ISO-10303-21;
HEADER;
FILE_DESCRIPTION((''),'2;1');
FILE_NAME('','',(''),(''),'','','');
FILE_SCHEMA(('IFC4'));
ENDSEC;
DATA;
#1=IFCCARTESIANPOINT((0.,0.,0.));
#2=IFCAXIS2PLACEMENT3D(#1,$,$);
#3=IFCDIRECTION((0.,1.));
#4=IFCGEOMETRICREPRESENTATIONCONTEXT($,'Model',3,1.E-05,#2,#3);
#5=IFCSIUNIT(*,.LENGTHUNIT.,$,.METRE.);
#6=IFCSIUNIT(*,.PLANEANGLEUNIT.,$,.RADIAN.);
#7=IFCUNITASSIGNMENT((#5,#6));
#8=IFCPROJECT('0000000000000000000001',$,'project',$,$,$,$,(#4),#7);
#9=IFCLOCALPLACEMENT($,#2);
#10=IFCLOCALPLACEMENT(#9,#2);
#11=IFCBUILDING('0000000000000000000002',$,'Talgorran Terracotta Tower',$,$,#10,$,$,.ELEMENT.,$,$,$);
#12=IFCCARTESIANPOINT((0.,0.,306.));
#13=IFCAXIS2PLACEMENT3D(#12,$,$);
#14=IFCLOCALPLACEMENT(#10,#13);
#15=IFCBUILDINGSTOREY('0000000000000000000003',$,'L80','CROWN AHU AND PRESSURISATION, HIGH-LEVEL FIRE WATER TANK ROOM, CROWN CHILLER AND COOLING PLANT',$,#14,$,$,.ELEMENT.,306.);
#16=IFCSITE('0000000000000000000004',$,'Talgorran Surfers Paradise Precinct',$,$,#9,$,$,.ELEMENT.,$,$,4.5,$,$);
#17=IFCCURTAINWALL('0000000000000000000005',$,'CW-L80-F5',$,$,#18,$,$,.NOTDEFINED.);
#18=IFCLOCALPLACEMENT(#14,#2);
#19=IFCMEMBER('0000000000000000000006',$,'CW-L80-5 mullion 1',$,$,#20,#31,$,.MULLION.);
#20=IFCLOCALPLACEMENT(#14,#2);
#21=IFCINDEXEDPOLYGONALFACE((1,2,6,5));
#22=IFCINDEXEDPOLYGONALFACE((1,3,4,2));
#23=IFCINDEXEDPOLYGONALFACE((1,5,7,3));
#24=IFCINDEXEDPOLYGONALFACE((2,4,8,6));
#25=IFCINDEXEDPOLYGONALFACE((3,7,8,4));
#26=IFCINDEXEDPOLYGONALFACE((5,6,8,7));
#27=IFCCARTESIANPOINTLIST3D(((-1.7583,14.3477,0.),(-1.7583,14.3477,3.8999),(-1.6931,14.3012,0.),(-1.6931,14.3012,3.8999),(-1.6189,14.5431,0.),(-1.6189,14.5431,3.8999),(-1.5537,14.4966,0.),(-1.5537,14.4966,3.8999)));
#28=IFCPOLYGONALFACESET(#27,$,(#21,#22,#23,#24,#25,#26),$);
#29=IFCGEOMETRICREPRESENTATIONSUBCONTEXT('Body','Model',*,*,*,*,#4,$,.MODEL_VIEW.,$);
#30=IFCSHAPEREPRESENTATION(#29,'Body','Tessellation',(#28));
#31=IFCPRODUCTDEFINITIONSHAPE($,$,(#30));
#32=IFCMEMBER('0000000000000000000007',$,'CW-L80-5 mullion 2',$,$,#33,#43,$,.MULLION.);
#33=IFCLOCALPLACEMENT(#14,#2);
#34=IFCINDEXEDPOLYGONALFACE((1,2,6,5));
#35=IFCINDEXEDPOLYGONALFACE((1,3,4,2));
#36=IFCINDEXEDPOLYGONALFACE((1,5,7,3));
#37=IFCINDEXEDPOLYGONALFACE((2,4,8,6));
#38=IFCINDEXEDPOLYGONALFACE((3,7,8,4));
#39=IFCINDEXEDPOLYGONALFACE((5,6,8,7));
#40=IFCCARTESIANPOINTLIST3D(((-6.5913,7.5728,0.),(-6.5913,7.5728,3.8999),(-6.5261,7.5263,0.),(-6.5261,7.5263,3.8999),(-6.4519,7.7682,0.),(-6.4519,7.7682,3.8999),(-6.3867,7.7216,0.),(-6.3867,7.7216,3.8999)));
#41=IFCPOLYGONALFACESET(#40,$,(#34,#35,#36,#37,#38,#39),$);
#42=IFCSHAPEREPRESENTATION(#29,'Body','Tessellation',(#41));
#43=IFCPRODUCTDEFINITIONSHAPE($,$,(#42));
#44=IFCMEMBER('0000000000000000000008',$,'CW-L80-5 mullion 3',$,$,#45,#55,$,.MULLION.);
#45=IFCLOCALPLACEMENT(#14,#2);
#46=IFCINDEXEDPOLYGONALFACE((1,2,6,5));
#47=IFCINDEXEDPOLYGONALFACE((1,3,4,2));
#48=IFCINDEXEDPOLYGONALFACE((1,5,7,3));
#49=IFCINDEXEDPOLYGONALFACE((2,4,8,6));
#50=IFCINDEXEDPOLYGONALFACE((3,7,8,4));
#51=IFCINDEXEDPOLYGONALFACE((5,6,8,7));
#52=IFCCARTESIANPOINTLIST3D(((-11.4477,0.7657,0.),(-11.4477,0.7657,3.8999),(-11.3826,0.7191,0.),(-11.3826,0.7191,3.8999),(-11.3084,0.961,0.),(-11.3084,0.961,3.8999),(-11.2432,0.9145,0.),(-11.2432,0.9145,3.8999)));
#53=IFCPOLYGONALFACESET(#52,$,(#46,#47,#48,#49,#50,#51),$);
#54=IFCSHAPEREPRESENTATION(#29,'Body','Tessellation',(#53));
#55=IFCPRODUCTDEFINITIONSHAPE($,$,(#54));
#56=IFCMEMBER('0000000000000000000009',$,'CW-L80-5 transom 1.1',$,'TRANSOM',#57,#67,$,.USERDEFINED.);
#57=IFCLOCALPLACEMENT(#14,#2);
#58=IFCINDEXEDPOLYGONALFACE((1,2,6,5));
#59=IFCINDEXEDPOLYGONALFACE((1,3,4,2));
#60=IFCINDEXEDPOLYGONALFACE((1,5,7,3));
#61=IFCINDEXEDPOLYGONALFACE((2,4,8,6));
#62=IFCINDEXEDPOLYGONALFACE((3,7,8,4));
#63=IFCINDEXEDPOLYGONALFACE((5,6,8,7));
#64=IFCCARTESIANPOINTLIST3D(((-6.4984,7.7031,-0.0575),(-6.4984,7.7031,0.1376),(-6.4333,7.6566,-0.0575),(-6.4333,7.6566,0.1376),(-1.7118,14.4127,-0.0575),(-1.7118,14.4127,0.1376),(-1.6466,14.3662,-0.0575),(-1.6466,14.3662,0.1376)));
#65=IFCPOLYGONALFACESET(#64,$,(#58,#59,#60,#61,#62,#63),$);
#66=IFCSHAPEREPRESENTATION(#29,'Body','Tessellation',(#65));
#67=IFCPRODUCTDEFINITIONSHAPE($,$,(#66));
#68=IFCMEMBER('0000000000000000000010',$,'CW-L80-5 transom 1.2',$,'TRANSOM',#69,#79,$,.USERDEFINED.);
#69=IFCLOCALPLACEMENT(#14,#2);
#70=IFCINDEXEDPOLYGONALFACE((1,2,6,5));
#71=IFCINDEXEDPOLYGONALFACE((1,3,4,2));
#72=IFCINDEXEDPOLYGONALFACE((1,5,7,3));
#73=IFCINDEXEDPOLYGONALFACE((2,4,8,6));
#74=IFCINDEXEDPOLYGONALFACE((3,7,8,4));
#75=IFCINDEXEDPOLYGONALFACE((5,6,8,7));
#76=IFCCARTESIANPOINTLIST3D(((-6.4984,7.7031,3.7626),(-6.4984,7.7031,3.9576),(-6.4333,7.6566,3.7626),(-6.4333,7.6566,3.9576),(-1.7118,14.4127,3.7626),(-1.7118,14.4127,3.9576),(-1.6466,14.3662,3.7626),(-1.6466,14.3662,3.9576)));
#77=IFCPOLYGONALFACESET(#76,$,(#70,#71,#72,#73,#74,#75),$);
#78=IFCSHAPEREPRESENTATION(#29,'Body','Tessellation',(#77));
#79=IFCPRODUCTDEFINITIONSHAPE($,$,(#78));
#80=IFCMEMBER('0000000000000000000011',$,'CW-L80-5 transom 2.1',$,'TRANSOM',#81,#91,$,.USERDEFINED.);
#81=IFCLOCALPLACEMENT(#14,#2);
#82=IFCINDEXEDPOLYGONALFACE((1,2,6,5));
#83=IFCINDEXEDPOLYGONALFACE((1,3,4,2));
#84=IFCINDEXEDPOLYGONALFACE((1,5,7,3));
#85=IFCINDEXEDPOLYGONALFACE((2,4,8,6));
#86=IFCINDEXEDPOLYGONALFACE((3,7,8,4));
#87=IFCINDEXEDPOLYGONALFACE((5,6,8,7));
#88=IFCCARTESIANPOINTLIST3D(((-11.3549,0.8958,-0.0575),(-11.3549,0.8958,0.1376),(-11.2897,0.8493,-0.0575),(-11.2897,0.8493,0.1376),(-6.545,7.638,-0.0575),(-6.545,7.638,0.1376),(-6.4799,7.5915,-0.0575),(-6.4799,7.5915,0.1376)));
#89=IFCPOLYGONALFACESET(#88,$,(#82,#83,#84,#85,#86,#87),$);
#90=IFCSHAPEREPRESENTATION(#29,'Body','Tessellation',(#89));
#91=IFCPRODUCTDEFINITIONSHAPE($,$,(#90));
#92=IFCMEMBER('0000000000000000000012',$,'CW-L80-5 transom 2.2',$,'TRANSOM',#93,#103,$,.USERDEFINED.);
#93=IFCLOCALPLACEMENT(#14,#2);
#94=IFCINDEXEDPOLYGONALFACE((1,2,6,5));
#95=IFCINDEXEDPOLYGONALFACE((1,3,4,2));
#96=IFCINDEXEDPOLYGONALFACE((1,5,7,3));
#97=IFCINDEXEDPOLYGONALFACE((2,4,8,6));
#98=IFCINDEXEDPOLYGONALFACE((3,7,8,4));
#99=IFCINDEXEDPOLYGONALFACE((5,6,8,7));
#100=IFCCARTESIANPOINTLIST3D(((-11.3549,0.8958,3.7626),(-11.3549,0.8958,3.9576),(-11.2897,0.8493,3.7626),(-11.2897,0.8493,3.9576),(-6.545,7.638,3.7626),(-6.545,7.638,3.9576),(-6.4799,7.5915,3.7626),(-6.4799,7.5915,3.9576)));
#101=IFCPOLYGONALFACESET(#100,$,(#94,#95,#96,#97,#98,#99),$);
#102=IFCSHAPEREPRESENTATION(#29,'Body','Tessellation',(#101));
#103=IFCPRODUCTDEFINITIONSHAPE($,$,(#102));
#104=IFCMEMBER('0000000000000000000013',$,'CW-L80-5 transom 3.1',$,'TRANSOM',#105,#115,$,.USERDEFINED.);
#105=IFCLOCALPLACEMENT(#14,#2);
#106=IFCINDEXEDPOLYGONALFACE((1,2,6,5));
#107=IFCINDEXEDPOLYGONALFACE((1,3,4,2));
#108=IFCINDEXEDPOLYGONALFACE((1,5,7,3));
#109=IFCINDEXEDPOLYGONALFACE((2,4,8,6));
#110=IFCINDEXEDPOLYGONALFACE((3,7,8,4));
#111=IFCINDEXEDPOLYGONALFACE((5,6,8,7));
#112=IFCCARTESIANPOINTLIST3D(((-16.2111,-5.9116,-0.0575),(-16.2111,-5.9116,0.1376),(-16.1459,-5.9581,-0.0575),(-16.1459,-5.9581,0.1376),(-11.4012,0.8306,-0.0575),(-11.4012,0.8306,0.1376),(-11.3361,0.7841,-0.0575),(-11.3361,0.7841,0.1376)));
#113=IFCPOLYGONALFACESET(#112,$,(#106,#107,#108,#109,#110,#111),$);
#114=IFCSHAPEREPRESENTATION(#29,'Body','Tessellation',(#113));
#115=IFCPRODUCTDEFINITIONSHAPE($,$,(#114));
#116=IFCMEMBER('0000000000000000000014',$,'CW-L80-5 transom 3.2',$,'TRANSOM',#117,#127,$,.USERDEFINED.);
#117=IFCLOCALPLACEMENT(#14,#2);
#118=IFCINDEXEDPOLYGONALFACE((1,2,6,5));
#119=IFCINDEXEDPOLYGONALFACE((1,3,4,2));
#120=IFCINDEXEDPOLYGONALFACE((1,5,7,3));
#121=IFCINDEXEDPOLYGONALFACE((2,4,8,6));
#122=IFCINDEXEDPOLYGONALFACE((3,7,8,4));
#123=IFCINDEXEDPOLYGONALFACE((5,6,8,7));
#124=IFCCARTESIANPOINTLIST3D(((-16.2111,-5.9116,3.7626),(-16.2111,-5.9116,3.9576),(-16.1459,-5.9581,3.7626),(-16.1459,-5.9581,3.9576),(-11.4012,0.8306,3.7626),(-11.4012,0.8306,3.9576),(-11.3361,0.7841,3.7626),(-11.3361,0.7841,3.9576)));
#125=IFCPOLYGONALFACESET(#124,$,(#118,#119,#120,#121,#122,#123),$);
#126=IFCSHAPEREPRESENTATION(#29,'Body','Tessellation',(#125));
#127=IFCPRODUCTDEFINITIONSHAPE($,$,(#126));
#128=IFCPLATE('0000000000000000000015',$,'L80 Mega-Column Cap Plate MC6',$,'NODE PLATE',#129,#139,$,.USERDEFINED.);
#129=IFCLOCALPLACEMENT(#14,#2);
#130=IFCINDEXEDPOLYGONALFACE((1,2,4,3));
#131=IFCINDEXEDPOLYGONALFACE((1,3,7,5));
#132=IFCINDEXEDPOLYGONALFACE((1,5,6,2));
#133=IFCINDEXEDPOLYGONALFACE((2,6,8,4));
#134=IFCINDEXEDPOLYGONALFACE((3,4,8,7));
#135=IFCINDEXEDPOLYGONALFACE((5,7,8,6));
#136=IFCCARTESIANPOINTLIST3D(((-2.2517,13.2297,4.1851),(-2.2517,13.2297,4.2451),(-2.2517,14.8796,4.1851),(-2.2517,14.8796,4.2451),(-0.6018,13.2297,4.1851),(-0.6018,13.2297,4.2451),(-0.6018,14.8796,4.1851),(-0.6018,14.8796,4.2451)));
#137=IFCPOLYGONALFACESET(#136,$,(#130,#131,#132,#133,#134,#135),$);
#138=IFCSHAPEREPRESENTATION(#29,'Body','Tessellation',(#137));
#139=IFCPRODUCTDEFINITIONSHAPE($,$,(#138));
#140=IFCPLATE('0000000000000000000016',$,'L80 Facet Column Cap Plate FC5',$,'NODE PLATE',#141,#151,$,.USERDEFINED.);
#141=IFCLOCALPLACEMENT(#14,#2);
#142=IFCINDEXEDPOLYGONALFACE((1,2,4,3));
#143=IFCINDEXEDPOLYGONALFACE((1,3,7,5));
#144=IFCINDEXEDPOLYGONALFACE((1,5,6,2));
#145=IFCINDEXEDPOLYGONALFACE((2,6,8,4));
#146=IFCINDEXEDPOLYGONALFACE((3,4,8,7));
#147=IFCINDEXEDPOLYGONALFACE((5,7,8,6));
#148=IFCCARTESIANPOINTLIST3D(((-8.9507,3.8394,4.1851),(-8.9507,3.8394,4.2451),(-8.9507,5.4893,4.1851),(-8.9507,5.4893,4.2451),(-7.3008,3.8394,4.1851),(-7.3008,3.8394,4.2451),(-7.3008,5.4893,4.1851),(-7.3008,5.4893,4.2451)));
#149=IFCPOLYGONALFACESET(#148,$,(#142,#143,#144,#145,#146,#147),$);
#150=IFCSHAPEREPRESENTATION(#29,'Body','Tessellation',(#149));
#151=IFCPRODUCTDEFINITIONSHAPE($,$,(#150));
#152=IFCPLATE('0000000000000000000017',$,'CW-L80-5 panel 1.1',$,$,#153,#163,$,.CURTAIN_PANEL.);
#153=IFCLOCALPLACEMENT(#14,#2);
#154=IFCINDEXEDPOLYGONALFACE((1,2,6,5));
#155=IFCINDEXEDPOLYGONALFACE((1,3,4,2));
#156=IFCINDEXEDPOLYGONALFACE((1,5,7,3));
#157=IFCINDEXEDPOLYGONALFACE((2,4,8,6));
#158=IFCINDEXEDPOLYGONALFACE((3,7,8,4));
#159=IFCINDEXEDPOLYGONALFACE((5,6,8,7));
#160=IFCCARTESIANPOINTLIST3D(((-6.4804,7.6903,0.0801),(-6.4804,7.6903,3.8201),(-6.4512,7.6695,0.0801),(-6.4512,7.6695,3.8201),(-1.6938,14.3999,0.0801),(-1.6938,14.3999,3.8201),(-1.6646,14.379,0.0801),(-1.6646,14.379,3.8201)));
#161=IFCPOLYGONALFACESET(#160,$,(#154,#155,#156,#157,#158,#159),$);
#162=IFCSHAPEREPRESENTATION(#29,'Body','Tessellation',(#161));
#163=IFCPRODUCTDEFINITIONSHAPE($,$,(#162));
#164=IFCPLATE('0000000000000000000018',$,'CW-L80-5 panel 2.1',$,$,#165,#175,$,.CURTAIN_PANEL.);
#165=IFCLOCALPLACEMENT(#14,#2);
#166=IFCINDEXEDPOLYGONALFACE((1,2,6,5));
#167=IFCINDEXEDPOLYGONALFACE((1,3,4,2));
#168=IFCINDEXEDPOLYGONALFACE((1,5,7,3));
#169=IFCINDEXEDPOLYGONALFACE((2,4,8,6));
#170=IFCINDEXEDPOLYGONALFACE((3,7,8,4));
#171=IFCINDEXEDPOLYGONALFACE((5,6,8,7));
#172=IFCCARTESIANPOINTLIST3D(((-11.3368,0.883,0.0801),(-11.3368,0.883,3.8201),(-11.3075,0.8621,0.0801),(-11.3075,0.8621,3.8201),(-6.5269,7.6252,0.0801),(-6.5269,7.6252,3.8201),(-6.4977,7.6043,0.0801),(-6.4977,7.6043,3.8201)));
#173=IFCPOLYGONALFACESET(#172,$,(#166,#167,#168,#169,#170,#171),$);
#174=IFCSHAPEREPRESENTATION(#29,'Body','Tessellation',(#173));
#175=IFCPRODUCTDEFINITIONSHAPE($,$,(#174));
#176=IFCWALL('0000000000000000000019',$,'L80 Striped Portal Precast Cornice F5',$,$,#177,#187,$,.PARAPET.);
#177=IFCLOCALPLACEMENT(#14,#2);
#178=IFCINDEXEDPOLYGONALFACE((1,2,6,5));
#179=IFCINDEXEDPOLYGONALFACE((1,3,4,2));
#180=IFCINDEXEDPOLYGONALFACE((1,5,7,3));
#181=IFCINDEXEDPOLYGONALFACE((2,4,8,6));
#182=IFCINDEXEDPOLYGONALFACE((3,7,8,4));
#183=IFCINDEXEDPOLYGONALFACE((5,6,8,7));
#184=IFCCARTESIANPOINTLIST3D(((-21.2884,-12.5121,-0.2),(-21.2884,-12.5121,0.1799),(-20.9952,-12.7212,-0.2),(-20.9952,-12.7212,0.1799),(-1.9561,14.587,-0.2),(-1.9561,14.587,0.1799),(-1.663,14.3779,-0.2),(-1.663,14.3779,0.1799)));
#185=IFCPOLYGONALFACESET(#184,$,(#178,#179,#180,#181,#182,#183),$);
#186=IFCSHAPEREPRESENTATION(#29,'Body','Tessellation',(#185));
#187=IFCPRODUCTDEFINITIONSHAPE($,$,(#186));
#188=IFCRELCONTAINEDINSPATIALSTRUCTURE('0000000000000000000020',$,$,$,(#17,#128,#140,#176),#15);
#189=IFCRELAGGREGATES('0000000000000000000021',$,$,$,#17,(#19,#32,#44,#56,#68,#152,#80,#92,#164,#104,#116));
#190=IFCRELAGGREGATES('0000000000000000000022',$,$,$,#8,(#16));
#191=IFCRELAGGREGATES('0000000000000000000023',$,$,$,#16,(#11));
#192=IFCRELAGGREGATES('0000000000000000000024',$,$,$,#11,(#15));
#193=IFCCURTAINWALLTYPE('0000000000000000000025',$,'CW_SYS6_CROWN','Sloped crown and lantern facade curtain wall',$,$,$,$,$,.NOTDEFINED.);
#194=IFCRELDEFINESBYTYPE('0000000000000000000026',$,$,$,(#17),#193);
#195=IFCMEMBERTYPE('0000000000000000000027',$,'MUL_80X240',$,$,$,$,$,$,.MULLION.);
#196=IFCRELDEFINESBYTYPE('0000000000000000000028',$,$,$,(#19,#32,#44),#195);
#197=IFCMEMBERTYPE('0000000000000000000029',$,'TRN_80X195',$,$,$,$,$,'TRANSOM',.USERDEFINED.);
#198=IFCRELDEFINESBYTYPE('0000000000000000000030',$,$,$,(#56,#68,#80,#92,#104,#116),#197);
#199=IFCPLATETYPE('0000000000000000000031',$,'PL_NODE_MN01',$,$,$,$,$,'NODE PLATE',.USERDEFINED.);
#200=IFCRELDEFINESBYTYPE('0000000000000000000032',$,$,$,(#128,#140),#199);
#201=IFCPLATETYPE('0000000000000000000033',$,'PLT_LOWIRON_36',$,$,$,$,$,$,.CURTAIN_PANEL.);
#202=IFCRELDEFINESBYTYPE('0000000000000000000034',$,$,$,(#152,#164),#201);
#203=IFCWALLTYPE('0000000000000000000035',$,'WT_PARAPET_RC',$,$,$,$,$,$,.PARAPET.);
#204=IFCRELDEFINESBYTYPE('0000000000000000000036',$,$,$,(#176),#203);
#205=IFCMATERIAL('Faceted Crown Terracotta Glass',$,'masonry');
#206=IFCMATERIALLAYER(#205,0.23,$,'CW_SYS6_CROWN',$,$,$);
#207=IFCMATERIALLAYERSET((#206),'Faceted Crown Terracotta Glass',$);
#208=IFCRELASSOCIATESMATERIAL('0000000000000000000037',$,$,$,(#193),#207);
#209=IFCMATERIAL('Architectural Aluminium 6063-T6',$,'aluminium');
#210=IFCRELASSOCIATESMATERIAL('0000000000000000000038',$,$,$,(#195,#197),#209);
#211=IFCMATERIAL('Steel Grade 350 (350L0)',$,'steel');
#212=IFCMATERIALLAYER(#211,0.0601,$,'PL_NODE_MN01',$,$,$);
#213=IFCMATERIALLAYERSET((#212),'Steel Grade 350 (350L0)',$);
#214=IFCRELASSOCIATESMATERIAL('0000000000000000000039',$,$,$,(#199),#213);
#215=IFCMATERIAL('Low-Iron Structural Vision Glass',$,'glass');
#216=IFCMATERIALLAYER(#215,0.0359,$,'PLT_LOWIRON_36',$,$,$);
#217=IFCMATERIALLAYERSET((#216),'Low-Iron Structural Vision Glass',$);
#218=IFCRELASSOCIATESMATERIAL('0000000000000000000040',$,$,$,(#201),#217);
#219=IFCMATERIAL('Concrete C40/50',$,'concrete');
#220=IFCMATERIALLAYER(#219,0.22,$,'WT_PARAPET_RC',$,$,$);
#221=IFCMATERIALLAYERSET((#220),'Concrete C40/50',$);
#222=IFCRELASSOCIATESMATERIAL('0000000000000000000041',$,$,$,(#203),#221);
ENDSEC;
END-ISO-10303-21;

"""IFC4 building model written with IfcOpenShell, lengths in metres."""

from ifc_helpers import new_model, si_unit, direction, frame, frame_2d, origin, origin_2d, place, context, subcontext, project, spatial, rectangle, extrude, source, transform, mapped, material, layer, layer_set, material_profile, profile_set, type_object, type_shapes, element, aggregate, save


model = new_model("IFC4")

# Units and contexts
model_context = context("Model", 3, precision=1e-05, world=origin(), true_north=direction((0.0, 1.0)))
body_context = subcontext(model_context, "Body", "Model", "MODEL_VIEW")
ifc_project = project(units=[si_unit("LENGTHUNIT", "METRE"), si_unit("PLANEANGLEUNIT", "RADIAN")], contexts=[model_context])

# Site, building, storey
site_placement = place(None, origin())
site = spatial("IfcSite", under=ifc_project, at=site_placement, Name="Talgorran Surfers Paradise Precinct", CompositionType="ELEMENT", RefElevation=4.5)
building_placement = place(site_placement, origin())
building = spatial("IfcBuilding", under=site, at=building_placement, Name="Talgorran Terracotta Tower", CompositionType="ELEMENT")
storey_placement = place(building_placement, frame((0.0, 0.0, 306.0)))
storey = spatial("IfcBuildingStorey", under=building, at=storey_placement, Name="L80", Description="CROWN AHU AND PRESSURISATION, HIGH-LEVEL FIRE WATER TANK ROOM, CROWN CHILLER AND COOLING PLANT", CompositionType="ELEMENT", Elevation=306.0)

# Shared definitions
ifc_material_1 = material(Name="Steel Grade 350 (350L0)", Category="steel")

# Shared definitions
ifc_material_2 = material(Name="Faceted Crown Terracotta Glass", Category="masonry")
ifc_layer_1 = layer(ifc_material_2, 0.23, Name="CW_SYS6_CROWN")
ifc_layer_set_1 = layer_set([ifc_layer_1], Name="Faceted Crown Terracotta Glass")
curtain_wall_type = type_object("IfcCurtainWallType", Name="CW_SYS6_CROWN", Description="Sloped crown and lantern facade curtain wall", PredefinedType="NOTDEFINED", material=ifc_layer_set_1)
ifc_material_3 = material(Name="Architectural Aluminium 6063-T6", Category="aluminium")
ifc_material_profile_1 = material_profile(ifc_material_3, rectangle(XDim=0.0801, YDim=0.24, at=origin_2d()), Name="CWM80X240")
ifc_profile_set_1 = profile_set([ifc_material_profile_1], Name="Architectural Aluminium 6063-T6")
member_type_1 = type_object("IfcMemberType", Name="MUL_80X240", PredefinedType="MULLION", material=ifc_profile_set_1)

# Curtain wall, members
curtain_wall_1_placement = place(storey_placement, origin())
curtain_wall_1 = element("IfcCurtainWall", 1, at=curtain_wall_1_placement, inside=storey, type_object=curtain_wall_type, Name="CW-L80-F5", PredefinedType="NOTDEFINED")
member_1_placement = place(storey_placement, frame((-1.656, 14.4221, 0.0), z_axis=(0.0, 0.0, 1.0), x_axis=(0.814076, -0.580758, 0.0)))
member_1 = element("IfcMember", 2, at=member_1_placement, type_object=member_type_1, Name="CW-L80-5 mullion 1", PredefinedType="MULLION", context=body_context, shape_type="SweptSolid", body=[
    extrude(rectangle(XDim=0.0801, YDim=0.24, at=origin_2d()), origin(), (0.0, 0.0, 1.0), 3.8999),
])
member_2_placement = place(storey_placement, frame((-6.489, 7.6472, 0.0), z_axis=(0.0, 0.0, 1.0), x_axis=(0.814076, -0.580758, 0.0)))
member_2 = element("IfcMember", 3, at=member_2_placement, type_object=member_type_1, Name="CW-L80-5 mullion 2", PredefinedType="MULLION", context=body_context, shape_type="SweptSolid", body=[
    extrude(rectangle(XDim=0.0801, YDim=0.24, at=origin_2d()), origin(), (0.0, 0.0, 1.0), 3.8999),
])
member_3_placement = place(storey_placement, frame((-11.3455, 0.8401, 0.0), z_axis=(0.0, 0.0, 1.0), x_axis=(0.814076, -0.580758, 0.0)))
member_3 = element("IfcMember", 4, at=member_3_placement, type_object=member_type_1, Name="CW-L80-5 mullion 3", PredefinedType="MULLION", context=body_context, shape_type="SweptSolid", body=[
    extrude(rectangle(XDim=0.0801, YDim=0.24, at=origin_2d()), origin(), (0.0, 0.0, 1.0), 3.8999),
])
ifc_material_profile_2 = material_profile(ifc_material_3, rectangle(XDim=0.0801, YDim=0.1951, at=origin_2d()), Name="CWT80X195")
ifc_profile_set_2 = profile_set([ifc_material_profile_2], Name="Architectural Aluminium 6063-T6")
member_type_2 = type_object("IfcMemberType", Name="TRN_80X195", ElementType="TRANSOM", PredefinedType="USERDEFINED", material=ifc_profile_set_2)
member_4_placement = place(storey_placement, frame((-1.6792, 14.3894, 0.04), z_axis=(-0.580767, -0.81407, 0.0), x_axis=(0.81407, -0.580767, 0.0)))
member_4 = element("IfcMember", 5, at=member_4_placement, type_object=member_type_2, Name="CW-L80-5 transom 1.1", ObjectType="TRANSOM", PredefinedType="USERDEFINED", context=body_context, shape_type="SweptSolid", body=[
    extrude(rectangle(XDim=0.0801, YDim=0.1951, at=origin_2d()), origin(), (0.0, 0.0, 1.0), 8.2419),
])
member_5_placement = place(storey_placement, frame((-1.6792, 14.3894, 3.8601), z_axis=(-0.580767, -0.81407, 0.0), x_axis=(0.81407, -0.580767, 0.0)))
member_5 = element("IfcMember", 6, at=member_5_placement, type_object=member_type_2, Name="CW-L80-5 transom 1.2", ObjectType="TRANSOM", PredefinedType="USERDEFINED", context=body_context, shape_type="SweptSolid", body=[
    extrude(rectangle(XDim=0.0801, YDim=0.1951, at=origin_2d()), origin(), (0.0, 0.0, 1.0), 8.2419),
])
member_6_placement = place(storey_placement, frame((-6.5125, 7.6147, 0.04), z_axis=(-0.580756, -0.814078, 0.0), x_axis=(0.814078, -0.580756, 0.0)))
member_6 = element("IfcMember", 7, at=member_6_placement, type_object=member_type_2, Name="CW-L80-5 transom 2.1", ObjectType="TRANSOM", PredefinedType="USERDEFINED", context=body_context, shape_type="SweptSolid", body=[
    extrude(rectangle(XDim=0.0801, YDim=0.1951, at=origin_2d()), origin(), (0.0, 0.0, 1.0), 8.282),
])
member_7_placement = place(storey_placement, frame((-6.5125, 7.6147, 3.8601), z_axis=(-0.580756, -0.814078, 0.0), x_axis=(0.814078, -0.580756, 0.0)))
member_7 = element("IfcMember", 8, at=member_7_placement, type_object=member_type_2, Name="CW-L80-5 transom 2.2", ObjectType="TRANSOM", PredefinedType="USERDEFINED", context=body_context, shape_type="SweptSolid", body=[
    extrude(rectangle(XDim=0.0801, YDim=0.1951, at=origin_2d()), origin(), (0.0, 0.0, 1.0), 8.282),
])
member_8_placement = place(storey_placement, frame((-11.3687, 0.8074, 0.04), z_axis=(-0.580756, -0.814078, 0.0), x_axis=(0.814078, -0.580756, 0.0)))
member_8 = element("IfcMember", 9, at=member_8_placement, type_object=member_type_2, Name="CW-L80-5 transom 3.1", ObjectType="TRANSOM", PredefinedType="USERDEFINED", context=body_context, shape_type="SweptSolid", body=[
    extrude(rectangle(XDim=0.0801, YDim=0.1951, at=origin_2d()), origin(), (0.0, 0.0, 1.0), 8.282),
])
member_9_placement = place(storey_placement, frame((-11.3687, 0.8074, 3.8601), z_axis=(-0.580756, -0.814078, 0.0), x_axis=(0.814078, -0.580756, 0.0)))
member_9 = element("IfcMember", 10, at=member_9_placement, type_object=member_type_2, Name="CW-L80-5 transom 3.2", ObjectType="TRANSOM", PredefinedType="USERDEFINED", context=body_context, shape_type="SweptSolid", body=[
    extrude(rectangle(XDim=0.0801, YDim=0.1951, at=origin_2d()), origin(), (0.0, 0.0, 1.0), 8.282),
])

# Plates
ifc_layer_2 = layer(ifc_material_1, 0.0601, Name="PL_NODE_MN01")
ifc_layer_set_2 = layer_set([ifc_layer_2], Name="Steel Grade 350 (350L0)")
plate_type_1 = type_object("IfcPlateType", Name="PL_NODE_MN01", ElementType="NODE PLATE", PredefinedType="USERDEFINED", material=ifc_layer_set_2)
for number, where, z_axis, x_axis, name in (
    (11, (-1.4268, 14.0547, 4.1851), (0.0, 0.0, 1.0), (1.0, 0.0, 0.0), "L80 Mega-Column Cap Plate MC6"),
    (12, (-8.1257, 4.6643, 4.1851), (0.0, 0.0, 1.0), (1.0, 0.0, 0.0), "L80 Facet Column Cap Plate FC5"),
):
    element("IfcPlate", number, at=place(storey_placement, frame(where, z_axis=z_axis, x_axis=x_axis)), inside=storey, type_object=plate_type_1, Name=name, ObjectType="NODE PLATE", PredefinedType="USERDEFINED", context=body_context, shape_type="SweptSolid", body=[
        extrude(rectangle(XDim=1.6499, YDim=1.6499, at=origin_2d()), origin(), (0.0, 0.0, 1.0), 0.0601),
    ])

# Plates
ifc_material_4 = material(Name="Low-Iron Structural Vision Glass", Category="glass")
ifc_layer_3 = layer(ifc_material_4, 0.0359, Name="PLT_LOWIRON_36")
ifc_layer_set_3 = layer_set([ifc_layer_3], Name="Low-Iron Structural Vision Glass")
plate_type_2 = type_object("IfcPlateType", Name="PLT_LOWIRON_36", PredefinedType="CURTAIN_PANEL", material=ifc_layer_set_3)
shared_shape_1 = source(origin(), body_context, "Body", "SweptSolid", [
    extrude(rectangle(XDim=8.2419, YDim=0.0359, at=origin_2d()), origin(), (0.0, 0.0, 1.0), 3.74),
])
plate_1_placement = place(storey_placement, frame((-4.0725, 11.0347, 0.0801), z_axis=(0.0, 0.0, 1.0), x_axis=(-0.580758, -0.814076, 0.0)))
plate_1 = element("IfcPlate", 13, at=plate_1_placement, type_object=plate_type_2, Name="CW-L80-5 panel 1.1", PredefinedType="CURTAIN_PANEL", context=body_context, shape_type="MappedRepresentation", body=[
    mapped(shared_shape_1, transform((0.0, 0.0, 0.0), scale=1.0)),
])
shared_shape_2 = source(origin(), body_context, "Body", "SweptSolid", [
    extrude(rectangle(XDim=8.282, YDim=0.0359, at=origin_2d()), origin(), (0.0, 0.0, 1.0), 3.74),
])
type_shapes(plate_type_2, [shared_shape_1, shared_shape_2])
plate_2_placement = place(storey_placement, frame((-8.9172, 4.2437, 0.0801), z_axis=(0.0, 0.0, 1.0), x_axis=(-0.580758, -0.814076, 0.0)))
plate_2 = element("IfcPlate", 14, at=plate_2_placement, type_object=plate_type_2, Name="CW-L80-5 panel 2.1", PredefinedType="CURTAIN_PANEL", context=body_context, shape_type="MappedRepresentation", body=[
    mapped(shared_shape_2, transform((0.0, 0.0, 0.0), scale=1.0)),
])
aggregate(curtain_wall_1, [member_1, member_2, member_3, member_4, member_5, plate_1, member_6, member_7, plate_2, member_8, member_9])

# Wall
ifc_material_5 = material(Name="Concrete C40/50", Category="concrete")
ifc_layer_4 = layer(ifc_material_5, 0.22, Name="WT_PARAPET_RC")
ifc_layer_set_4 = layer_set([ifc_layer_4], Name="Concrete C40/50")
wall_type = type_object("IfcWallType", Name="WT_PARAPET_RC", PredefinedType="PARAPET", material=ifc_layer_set_4)
wall_placement = place(storey_placement, frame((-1.8096, 14.4824, -0.2), z_axis=(0.0, 0.0, 1.0), x_axis=(-0.580756, -0.814078, 0.0)))
element("IfcWall", 15, at=wall_placement, inside=storey, type_object=wall_type, Name="L80 Striped Portal Precast Cornice F5", PredefinedType="PARAPET", context=body_context, shape_type="SweptSolid", body=[
    extrude(rectangle(XDim=33.2881, YDim=0.3601, at=frame_2d((16.644, 0.0))), origin(), (0.0, 0.0, 1.0), 0.3799),
])

save(model, "model.ifc")
